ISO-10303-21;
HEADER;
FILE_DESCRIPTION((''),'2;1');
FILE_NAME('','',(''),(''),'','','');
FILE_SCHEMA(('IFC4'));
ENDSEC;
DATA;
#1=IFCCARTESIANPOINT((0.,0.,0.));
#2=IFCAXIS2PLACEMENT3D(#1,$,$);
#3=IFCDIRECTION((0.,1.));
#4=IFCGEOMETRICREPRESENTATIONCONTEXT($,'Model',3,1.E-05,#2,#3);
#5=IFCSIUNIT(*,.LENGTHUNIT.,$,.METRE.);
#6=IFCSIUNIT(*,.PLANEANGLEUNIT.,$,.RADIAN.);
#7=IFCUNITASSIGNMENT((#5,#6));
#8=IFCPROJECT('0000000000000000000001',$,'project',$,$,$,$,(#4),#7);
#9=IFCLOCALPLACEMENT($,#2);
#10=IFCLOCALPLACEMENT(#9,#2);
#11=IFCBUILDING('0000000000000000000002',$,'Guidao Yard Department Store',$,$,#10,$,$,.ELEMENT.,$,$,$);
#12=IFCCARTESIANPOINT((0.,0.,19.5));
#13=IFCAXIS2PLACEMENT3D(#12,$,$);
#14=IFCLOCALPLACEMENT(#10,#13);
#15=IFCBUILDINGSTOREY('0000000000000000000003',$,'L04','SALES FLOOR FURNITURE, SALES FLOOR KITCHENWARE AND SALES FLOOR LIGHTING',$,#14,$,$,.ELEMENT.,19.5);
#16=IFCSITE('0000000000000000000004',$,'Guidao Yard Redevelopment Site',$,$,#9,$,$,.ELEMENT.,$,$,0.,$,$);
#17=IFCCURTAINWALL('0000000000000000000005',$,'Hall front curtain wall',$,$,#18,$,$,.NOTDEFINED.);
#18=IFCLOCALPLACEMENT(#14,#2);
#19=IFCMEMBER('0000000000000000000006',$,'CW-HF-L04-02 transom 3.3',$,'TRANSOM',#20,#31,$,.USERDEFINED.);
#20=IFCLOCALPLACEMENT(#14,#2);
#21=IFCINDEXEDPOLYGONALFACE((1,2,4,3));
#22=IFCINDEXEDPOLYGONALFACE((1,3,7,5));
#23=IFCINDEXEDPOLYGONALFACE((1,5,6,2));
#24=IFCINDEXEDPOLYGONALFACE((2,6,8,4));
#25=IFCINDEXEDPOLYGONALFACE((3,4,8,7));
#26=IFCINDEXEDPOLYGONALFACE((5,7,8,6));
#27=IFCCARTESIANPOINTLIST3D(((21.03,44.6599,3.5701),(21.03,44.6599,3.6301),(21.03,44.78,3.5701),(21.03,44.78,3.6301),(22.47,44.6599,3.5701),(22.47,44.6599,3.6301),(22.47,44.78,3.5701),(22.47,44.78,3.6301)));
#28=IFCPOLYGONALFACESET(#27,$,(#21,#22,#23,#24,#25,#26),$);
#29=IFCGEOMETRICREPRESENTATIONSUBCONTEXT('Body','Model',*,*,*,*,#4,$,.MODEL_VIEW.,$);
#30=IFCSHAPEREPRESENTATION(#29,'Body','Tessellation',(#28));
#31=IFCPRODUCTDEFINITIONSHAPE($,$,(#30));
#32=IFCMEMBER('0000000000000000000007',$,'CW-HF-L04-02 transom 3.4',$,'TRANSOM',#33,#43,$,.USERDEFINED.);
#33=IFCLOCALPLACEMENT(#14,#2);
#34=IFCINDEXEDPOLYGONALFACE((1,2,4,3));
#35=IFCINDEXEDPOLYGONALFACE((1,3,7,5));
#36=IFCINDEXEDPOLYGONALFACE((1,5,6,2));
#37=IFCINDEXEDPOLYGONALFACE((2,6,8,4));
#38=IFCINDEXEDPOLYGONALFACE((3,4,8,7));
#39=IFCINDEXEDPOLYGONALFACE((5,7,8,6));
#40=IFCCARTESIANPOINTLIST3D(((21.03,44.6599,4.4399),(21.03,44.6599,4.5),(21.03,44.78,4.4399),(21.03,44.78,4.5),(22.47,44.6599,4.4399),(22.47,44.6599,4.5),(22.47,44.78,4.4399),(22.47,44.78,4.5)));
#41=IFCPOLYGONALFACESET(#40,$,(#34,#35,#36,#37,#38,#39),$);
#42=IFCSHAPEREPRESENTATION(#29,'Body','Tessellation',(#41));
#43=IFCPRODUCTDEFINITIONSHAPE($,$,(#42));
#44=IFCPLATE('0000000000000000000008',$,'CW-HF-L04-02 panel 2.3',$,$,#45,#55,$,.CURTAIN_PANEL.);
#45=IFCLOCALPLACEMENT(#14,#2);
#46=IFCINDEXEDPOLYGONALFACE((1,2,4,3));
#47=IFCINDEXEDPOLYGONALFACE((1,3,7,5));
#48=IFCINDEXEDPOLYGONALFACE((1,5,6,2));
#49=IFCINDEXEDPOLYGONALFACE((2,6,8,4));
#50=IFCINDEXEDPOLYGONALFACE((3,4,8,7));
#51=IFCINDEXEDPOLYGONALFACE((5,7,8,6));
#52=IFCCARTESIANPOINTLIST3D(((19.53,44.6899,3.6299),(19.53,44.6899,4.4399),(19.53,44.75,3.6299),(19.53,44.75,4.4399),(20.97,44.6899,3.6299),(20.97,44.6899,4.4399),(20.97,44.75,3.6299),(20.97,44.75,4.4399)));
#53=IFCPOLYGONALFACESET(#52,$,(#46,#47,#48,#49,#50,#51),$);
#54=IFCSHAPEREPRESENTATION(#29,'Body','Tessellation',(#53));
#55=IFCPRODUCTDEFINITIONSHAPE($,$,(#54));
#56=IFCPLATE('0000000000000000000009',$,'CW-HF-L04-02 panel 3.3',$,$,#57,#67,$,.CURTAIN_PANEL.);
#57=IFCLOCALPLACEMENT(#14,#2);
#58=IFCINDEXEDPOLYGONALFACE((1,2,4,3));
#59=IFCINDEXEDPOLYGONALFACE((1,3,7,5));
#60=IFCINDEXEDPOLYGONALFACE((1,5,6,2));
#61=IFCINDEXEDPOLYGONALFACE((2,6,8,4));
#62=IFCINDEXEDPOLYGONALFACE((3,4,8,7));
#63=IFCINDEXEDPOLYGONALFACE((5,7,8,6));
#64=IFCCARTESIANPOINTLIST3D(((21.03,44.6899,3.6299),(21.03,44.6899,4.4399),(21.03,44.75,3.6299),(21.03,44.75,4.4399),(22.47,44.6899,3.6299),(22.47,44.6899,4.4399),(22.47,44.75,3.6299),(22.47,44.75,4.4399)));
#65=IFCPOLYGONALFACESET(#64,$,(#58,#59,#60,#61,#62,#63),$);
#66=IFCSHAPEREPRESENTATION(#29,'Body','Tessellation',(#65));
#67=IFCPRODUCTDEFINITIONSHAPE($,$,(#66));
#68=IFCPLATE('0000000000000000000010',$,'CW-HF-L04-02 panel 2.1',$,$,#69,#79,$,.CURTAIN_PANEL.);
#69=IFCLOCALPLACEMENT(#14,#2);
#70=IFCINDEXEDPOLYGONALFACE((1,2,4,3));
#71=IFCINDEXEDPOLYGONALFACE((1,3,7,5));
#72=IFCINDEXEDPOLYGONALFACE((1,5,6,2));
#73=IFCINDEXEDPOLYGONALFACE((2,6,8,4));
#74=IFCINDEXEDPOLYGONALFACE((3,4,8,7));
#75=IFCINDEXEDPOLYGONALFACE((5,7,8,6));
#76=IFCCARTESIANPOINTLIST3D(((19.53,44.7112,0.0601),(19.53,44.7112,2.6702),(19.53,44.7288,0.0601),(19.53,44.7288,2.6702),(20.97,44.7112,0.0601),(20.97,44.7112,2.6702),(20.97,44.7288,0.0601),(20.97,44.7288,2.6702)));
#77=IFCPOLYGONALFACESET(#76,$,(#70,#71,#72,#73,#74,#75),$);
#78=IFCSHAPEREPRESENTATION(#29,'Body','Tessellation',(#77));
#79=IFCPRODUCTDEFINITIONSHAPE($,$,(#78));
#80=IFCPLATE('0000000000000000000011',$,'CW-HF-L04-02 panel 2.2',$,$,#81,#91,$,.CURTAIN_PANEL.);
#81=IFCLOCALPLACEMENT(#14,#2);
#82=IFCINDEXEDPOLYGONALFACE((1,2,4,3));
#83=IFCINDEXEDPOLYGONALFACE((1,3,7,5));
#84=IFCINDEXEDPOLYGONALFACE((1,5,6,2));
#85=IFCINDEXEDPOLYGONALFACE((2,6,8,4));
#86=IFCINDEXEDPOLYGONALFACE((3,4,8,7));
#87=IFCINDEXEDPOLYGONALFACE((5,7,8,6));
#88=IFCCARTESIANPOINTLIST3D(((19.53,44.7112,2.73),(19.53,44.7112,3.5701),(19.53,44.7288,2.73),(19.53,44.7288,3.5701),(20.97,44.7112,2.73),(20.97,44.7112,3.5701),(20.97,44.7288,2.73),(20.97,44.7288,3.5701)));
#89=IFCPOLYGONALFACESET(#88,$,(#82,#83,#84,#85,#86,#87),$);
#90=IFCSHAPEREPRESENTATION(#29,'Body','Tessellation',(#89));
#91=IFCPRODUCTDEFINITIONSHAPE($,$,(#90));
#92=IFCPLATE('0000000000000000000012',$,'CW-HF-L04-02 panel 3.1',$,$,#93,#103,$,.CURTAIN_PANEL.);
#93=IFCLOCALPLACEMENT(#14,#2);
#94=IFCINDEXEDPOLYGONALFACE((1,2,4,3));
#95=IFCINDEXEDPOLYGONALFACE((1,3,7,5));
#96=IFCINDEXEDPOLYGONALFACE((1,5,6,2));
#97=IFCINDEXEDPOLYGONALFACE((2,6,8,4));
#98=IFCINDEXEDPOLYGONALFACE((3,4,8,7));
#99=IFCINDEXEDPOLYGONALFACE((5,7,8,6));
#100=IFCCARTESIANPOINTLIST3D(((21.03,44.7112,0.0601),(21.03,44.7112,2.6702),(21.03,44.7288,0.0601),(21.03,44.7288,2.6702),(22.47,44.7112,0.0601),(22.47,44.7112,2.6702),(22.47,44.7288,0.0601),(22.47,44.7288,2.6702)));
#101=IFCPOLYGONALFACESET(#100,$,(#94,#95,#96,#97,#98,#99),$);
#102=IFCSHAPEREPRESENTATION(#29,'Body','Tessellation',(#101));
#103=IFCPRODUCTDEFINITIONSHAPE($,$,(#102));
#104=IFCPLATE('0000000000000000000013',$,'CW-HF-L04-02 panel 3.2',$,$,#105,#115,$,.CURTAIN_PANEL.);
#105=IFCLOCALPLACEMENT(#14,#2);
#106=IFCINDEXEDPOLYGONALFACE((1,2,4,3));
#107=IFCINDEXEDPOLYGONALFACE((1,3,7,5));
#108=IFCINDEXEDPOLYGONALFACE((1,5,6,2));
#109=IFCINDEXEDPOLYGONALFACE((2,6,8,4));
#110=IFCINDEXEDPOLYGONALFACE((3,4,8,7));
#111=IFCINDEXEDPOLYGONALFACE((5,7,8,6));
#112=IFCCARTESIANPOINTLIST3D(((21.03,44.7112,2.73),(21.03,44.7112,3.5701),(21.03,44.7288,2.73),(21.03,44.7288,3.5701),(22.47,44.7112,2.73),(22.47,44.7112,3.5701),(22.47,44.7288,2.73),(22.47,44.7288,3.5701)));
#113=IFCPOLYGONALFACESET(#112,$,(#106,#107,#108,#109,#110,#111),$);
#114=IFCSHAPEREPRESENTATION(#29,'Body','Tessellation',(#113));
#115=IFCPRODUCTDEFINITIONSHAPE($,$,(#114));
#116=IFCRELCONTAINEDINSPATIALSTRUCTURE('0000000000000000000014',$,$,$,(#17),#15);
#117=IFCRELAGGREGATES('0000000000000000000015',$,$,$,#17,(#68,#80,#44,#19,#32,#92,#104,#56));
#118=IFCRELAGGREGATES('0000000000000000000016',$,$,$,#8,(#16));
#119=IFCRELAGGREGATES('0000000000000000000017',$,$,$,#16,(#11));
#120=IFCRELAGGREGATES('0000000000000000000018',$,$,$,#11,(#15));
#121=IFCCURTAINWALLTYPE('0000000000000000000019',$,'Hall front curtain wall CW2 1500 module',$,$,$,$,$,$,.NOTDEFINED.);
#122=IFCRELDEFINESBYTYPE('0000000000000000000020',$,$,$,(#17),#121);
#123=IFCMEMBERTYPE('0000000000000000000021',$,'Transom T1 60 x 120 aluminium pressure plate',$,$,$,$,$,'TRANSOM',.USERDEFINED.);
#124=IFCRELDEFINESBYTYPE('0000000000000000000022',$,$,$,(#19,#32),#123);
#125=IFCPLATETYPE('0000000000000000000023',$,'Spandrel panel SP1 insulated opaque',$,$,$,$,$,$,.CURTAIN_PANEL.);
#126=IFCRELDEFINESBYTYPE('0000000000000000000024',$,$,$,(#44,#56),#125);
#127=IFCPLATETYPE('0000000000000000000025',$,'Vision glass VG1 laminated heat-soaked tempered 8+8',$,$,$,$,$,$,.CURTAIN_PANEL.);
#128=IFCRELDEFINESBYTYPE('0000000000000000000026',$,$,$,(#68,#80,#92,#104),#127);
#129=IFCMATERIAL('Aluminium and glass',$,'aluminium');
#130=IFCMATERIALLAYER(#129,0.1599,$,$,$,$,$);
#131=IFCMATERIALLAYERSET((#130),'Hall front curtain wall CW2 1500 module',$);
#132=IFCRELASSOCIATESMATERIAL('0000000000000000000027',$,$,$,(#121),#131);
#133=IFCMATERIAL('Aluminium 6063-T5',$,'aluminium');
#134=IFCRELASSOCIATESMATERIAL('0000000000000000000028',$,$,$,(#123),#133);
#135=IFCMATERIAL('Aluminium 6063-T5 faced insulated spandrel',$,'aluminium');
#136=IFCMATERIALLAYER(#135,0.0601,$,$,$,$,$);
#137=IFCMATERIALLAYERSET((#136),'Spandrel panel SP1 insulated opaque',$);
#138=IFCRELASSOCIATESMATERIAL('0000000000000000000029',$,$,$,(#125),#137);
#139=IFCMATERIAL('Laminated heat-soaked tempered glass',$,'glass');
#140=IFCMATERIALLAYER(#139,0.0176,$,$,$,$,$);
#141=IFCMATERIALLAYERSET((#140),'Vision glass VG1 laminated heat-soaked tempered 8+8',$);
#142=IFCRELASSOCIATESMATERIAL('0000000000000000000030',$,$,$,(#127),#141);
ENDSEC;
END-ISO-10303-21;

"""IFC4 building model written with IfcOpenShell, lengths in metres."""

from ifc_helpers import new_model, si_unit, direction, frame, origin, origin_2d, place, context, subcontext, project, spatial, rectangle, extrude, material, layer, layer_set, material_profile, profile_set, type_object, element, aggregate, save


model = new_model("IFC4")

# Units and contexts
model_context = context("Model", 3, precision=1e-05, world=origin(), true_north=direction((0.0, 1.0)))
body_context = subcontext(model_context, "Body", "Model", "MODEL_VIEW")
ifc_project = project(units=[si_unit("LENGTHUNIT", "METRE"), si_unit("PLANEANGLEUNIT", "RADIAN")], contexts=[model_context])

# Site, building, storey
site_placement = place(None, origin())
site = spatial("IfcSite", under=ifc_project, at=site_placement, Name="Guidao Yard Redevelopment Site", CompositionType="ELEMENT", RefElevation=0.0)
building_placement = place(site_placement, origin())
building = spatial("IfcBuilding", under=site, at=building_placement, Name="Guidao Yard Department Store", CompositionType="ELEMENT")
storey_placement = place(building_placement, frame((0.0, 0.0, 19.5)))
storey = spatial("IfcBuildingStorey", under=building, at=storey_placement, Name="L04", Description="SALES FLOOR FURNITURE, SALES FLOOR KITCHENWARE AND SALES FLOOR LIGHTING", CompositionType="ELEMENT", Elevation=19.5)

# Curtain wall
ifc_material_1 = material(Name="Aluminium and glass", Category="aluminium")
ifc_layer_1 = layer(ifc_material_1, 0.1599)
ifc_layer_set_1 = layer_set([ifc_layer_1], Name="Hall front curtain wall CW2 1500 module")
curtain_wall_type = type_object("IfcCurtainWallType", Name="Hall front curtain wall CW2 1500 module", PredefinedType="NOTDEFINED", material=ifc_layer_set_1)
curtain_wall_placement = place(storey_placement, origin())
curtain_wall = element("IfcCurtainWall", 1, at=curtain_wall_placement, inside=storey, type_object=curtain_wall_type, Name="Hall front curtain wall", PredefinedType="NOTDEFINED")

# Members
ifc_material_2 = material(Name="Aluminium 6063-T5", Category="aluminium")
ifc_material_profile_1 = material_profile(ifc_material_2, rectangle(XDim=0.1201, YDim=0.0601, at=origin_2d()), Name="Transom T1 60 x 120 aluminium pressure plate")
ifc_profile_set_1 = profile_set([ifc_material_profile_1], Name="Aluminium 6063-T5")
member_type_1 = type_object("IfcMemberType", Name="Transom T1 60 x 120 aluminium pressure plate", ElementType="TRANSOM", PredefinedType="USERDEFINED", material=ifc_profile_set_1)
member_1_placement = place(storey_placement, frame((22.47, 44.72, 3.6001), z_axis=(-1.0, 0.0, 0.0), x_axis=(0.0, -1.0, 0.0)))
member_1 = element("IfcMember", 2, at=member_1_placement, type_object=member_type_1, Name="CW-HF-L04-02 transom 3.3", ObjectType="TRANSOM", PredefinedType="USERDEFINED", context=body_context, shape_type="SweptSolid", body=[
    extrude(rectangle(XDim=0.1201, YDim=0.0601, at=origin_2d()), origin(), (0.0, 0.0, 1.0), 1.4399),
])
member_2_placement = place(storey_placement, frame((22.47, 44.72, 4.47), z_axis=(-1.0, 0.0, 0.0), x_axis=(0.0, -1.0, 0.0)))
member_2 = element("IfcMember", 3, at=member_2_placement, type_object=member_type_1, Name="CW-HF-L04-02 transom 3.4", ObjectType="TRANSOM", PredefinedType="USERDEFINED", context=body_context, shape_type="SweptSolid", body=[
    extrude(rectangle(XDim=0.1201, YDim=0.0601, at=origin_2d()), origin(), (0.0, 0.0, 1.0), 1.4399),
])

# Plates
ifc_material_3 = material(Name="Aluminium 6063-T5 faced insulated spandrel", Category="aluminium")
ifc_layer_2 = layer(ifc_material_3, 0.0601)
ifc_layer_set_2 = layer_set([ifc_layer_2], Name="Spandrel panel SP1 insulated opaque")
plate_type_1 = type_object("IfcPlateType", Name="Spandrel panel SP1 insulated opaque", PredefinedType="CURTAIN_PANEL", material=ifc_layer_set_2)
plate_1_placement = place(storey_placement, frame((20.25, 44.72, 3.6299), z_axis=(0.0, 0.0, 1.0), x_axis=(-1.0, 0.0, 0.0)))
plate_1 = element("IfcPlate", 4, at=plate_1_placement, type_object=plate_type_1, Name="CW-HF-L04-02 panel 2.3", PredefinedType="CURTAIN_PANEL", context=body_context, shape_type="SweptSolid", body=[
    extrude(rectangle(XDim=1.4399, YDim=0.0601, at=origin_2d()), origin(), (0.0, 0.0, 1.0), 0.8101),
])
plate_2_placement = place(storey_placement, frame((21.75, 44.72, 3.6299), z_axis=(0.0, 0.0, 1.0), x_axis=(-1.0, 0.0, 0.0)))
plate_2 = element("IfcPlate", 5, at=plate_2_placement, type_object=plate_type_1, Name="CW-HF-L04-02 panel 3.3", PredefinedType="CURTAIN_PANEL", context=body_context, shape_type="SweptSolid", body=[
    extrude(rectangle(XDim=1.4399, YDim=0.0601, at=origin_2d()), origin(), (0.0, 0.0, 1.0), 0.8101),
])
ifc_material_4 = material(Name="Laminated heat-soaked tempered glass", Category="glass")
ifc_layer_3 = layer(ifc_material_4, 0.0176)
ifc_layer_set_3 = layer_set([ifc_layer_3], Name="Vision glass VG1 laminated heat-soaked tempered 8+8")
plate_type_2 = type_object("IfcPlateType", Name="Vision glass VG1 laminated heat-soaked tempered 8+8", PredefinedType="CURTAIN_PANEL", material=ifc_layer_set_3)
plate_3_placement = place(storey_placement, frame((20.25, 44.72, 0.0601), z_axis=(0.0, 0.0, 1.0), x_axis=(-1.0, 0.0, 0.0)))
plate_3 = element("IfcPlate", 6, at=plate_3_placement, type_object=plate_type_2, Name="CW-HF-L04-02 panel 2.1", PredefinedType="CURTAIN_PANEL", context=body_context, shape_type="SweptSolid", body=[
    extrude(rectangle(XDim=1.4399, YDim=0.0176, at=origin_2d()), origin(), (0.0, 0.0, 1.0), 2.6101),
])
plate_4_placement = place(storey_placement, frame((20.25, 44.72, 2.73), z_axis=(0.0, 0.0, 1.0), x_axis=(-1.0, 0.0, 0.0)))
plate_4 = element("IfcPlate", 7, at=plate_4_placement, type_object=plate_type_2, Name="CW-HF-L04-02 panel 2.2", PredefinedType="CURTAIN_PANEL", context=body_context, shape_type="SweptSolid", body=[
    extrude(rectangle(XDim=1.4399, YDim=0.0176, at=origin_2d()), origin(), (0.0, 0.0, 1.0), 0.8401),
])
plate_5_placement = place(storey_placement, frame((21.75, 44.72, 0.0601), z_axis=(0.0, 0.0, 1.0), x_axis=(-1.0, 0.0, 0.0)))
plate_5 = element("IfcPlate", 8, at=plate_5_placement, type_object=plate_type_2, Name="CW-HF-L04-02 panel 3.1", PredefinedType="CURTAIN_PANEL", context=body_context, shape_type="SweptSolid", body=[
    extrude(rectangle(XDim=1.4399, YDim=0.0176, at=origin_2d()), origin(), (0.0, 0.0, 1.0), 2.6101),
])
plate_6_placement = place(storey_placement, frame((21.75, 44.72, 2.73), z_axis=(0.0, 0.0, 1.0), x_axis=(-1.0, 0.0, 0.0)))
plate_6 = element("IfcPlate", 9, at=plate_6_placement, type_object=plate_type_2, Name="CW-HF-L04-02 panel 3.2", PredefinedType="CURTAIN_PANEL", context=body_context, shape_type="SweptSolid", body=[
    extrude(rectangle(XDim=1.4399, YDim=0.0176, at=origin_2d()), origin(), (0.0, 0.0, 1.0), 0.8401),
])
aggregate(curtain_wall, [plate_3, plate_4, plate_1, member_1, member_2, plate_5, plate_6, plate_2])

save(model, "model.ifc")
